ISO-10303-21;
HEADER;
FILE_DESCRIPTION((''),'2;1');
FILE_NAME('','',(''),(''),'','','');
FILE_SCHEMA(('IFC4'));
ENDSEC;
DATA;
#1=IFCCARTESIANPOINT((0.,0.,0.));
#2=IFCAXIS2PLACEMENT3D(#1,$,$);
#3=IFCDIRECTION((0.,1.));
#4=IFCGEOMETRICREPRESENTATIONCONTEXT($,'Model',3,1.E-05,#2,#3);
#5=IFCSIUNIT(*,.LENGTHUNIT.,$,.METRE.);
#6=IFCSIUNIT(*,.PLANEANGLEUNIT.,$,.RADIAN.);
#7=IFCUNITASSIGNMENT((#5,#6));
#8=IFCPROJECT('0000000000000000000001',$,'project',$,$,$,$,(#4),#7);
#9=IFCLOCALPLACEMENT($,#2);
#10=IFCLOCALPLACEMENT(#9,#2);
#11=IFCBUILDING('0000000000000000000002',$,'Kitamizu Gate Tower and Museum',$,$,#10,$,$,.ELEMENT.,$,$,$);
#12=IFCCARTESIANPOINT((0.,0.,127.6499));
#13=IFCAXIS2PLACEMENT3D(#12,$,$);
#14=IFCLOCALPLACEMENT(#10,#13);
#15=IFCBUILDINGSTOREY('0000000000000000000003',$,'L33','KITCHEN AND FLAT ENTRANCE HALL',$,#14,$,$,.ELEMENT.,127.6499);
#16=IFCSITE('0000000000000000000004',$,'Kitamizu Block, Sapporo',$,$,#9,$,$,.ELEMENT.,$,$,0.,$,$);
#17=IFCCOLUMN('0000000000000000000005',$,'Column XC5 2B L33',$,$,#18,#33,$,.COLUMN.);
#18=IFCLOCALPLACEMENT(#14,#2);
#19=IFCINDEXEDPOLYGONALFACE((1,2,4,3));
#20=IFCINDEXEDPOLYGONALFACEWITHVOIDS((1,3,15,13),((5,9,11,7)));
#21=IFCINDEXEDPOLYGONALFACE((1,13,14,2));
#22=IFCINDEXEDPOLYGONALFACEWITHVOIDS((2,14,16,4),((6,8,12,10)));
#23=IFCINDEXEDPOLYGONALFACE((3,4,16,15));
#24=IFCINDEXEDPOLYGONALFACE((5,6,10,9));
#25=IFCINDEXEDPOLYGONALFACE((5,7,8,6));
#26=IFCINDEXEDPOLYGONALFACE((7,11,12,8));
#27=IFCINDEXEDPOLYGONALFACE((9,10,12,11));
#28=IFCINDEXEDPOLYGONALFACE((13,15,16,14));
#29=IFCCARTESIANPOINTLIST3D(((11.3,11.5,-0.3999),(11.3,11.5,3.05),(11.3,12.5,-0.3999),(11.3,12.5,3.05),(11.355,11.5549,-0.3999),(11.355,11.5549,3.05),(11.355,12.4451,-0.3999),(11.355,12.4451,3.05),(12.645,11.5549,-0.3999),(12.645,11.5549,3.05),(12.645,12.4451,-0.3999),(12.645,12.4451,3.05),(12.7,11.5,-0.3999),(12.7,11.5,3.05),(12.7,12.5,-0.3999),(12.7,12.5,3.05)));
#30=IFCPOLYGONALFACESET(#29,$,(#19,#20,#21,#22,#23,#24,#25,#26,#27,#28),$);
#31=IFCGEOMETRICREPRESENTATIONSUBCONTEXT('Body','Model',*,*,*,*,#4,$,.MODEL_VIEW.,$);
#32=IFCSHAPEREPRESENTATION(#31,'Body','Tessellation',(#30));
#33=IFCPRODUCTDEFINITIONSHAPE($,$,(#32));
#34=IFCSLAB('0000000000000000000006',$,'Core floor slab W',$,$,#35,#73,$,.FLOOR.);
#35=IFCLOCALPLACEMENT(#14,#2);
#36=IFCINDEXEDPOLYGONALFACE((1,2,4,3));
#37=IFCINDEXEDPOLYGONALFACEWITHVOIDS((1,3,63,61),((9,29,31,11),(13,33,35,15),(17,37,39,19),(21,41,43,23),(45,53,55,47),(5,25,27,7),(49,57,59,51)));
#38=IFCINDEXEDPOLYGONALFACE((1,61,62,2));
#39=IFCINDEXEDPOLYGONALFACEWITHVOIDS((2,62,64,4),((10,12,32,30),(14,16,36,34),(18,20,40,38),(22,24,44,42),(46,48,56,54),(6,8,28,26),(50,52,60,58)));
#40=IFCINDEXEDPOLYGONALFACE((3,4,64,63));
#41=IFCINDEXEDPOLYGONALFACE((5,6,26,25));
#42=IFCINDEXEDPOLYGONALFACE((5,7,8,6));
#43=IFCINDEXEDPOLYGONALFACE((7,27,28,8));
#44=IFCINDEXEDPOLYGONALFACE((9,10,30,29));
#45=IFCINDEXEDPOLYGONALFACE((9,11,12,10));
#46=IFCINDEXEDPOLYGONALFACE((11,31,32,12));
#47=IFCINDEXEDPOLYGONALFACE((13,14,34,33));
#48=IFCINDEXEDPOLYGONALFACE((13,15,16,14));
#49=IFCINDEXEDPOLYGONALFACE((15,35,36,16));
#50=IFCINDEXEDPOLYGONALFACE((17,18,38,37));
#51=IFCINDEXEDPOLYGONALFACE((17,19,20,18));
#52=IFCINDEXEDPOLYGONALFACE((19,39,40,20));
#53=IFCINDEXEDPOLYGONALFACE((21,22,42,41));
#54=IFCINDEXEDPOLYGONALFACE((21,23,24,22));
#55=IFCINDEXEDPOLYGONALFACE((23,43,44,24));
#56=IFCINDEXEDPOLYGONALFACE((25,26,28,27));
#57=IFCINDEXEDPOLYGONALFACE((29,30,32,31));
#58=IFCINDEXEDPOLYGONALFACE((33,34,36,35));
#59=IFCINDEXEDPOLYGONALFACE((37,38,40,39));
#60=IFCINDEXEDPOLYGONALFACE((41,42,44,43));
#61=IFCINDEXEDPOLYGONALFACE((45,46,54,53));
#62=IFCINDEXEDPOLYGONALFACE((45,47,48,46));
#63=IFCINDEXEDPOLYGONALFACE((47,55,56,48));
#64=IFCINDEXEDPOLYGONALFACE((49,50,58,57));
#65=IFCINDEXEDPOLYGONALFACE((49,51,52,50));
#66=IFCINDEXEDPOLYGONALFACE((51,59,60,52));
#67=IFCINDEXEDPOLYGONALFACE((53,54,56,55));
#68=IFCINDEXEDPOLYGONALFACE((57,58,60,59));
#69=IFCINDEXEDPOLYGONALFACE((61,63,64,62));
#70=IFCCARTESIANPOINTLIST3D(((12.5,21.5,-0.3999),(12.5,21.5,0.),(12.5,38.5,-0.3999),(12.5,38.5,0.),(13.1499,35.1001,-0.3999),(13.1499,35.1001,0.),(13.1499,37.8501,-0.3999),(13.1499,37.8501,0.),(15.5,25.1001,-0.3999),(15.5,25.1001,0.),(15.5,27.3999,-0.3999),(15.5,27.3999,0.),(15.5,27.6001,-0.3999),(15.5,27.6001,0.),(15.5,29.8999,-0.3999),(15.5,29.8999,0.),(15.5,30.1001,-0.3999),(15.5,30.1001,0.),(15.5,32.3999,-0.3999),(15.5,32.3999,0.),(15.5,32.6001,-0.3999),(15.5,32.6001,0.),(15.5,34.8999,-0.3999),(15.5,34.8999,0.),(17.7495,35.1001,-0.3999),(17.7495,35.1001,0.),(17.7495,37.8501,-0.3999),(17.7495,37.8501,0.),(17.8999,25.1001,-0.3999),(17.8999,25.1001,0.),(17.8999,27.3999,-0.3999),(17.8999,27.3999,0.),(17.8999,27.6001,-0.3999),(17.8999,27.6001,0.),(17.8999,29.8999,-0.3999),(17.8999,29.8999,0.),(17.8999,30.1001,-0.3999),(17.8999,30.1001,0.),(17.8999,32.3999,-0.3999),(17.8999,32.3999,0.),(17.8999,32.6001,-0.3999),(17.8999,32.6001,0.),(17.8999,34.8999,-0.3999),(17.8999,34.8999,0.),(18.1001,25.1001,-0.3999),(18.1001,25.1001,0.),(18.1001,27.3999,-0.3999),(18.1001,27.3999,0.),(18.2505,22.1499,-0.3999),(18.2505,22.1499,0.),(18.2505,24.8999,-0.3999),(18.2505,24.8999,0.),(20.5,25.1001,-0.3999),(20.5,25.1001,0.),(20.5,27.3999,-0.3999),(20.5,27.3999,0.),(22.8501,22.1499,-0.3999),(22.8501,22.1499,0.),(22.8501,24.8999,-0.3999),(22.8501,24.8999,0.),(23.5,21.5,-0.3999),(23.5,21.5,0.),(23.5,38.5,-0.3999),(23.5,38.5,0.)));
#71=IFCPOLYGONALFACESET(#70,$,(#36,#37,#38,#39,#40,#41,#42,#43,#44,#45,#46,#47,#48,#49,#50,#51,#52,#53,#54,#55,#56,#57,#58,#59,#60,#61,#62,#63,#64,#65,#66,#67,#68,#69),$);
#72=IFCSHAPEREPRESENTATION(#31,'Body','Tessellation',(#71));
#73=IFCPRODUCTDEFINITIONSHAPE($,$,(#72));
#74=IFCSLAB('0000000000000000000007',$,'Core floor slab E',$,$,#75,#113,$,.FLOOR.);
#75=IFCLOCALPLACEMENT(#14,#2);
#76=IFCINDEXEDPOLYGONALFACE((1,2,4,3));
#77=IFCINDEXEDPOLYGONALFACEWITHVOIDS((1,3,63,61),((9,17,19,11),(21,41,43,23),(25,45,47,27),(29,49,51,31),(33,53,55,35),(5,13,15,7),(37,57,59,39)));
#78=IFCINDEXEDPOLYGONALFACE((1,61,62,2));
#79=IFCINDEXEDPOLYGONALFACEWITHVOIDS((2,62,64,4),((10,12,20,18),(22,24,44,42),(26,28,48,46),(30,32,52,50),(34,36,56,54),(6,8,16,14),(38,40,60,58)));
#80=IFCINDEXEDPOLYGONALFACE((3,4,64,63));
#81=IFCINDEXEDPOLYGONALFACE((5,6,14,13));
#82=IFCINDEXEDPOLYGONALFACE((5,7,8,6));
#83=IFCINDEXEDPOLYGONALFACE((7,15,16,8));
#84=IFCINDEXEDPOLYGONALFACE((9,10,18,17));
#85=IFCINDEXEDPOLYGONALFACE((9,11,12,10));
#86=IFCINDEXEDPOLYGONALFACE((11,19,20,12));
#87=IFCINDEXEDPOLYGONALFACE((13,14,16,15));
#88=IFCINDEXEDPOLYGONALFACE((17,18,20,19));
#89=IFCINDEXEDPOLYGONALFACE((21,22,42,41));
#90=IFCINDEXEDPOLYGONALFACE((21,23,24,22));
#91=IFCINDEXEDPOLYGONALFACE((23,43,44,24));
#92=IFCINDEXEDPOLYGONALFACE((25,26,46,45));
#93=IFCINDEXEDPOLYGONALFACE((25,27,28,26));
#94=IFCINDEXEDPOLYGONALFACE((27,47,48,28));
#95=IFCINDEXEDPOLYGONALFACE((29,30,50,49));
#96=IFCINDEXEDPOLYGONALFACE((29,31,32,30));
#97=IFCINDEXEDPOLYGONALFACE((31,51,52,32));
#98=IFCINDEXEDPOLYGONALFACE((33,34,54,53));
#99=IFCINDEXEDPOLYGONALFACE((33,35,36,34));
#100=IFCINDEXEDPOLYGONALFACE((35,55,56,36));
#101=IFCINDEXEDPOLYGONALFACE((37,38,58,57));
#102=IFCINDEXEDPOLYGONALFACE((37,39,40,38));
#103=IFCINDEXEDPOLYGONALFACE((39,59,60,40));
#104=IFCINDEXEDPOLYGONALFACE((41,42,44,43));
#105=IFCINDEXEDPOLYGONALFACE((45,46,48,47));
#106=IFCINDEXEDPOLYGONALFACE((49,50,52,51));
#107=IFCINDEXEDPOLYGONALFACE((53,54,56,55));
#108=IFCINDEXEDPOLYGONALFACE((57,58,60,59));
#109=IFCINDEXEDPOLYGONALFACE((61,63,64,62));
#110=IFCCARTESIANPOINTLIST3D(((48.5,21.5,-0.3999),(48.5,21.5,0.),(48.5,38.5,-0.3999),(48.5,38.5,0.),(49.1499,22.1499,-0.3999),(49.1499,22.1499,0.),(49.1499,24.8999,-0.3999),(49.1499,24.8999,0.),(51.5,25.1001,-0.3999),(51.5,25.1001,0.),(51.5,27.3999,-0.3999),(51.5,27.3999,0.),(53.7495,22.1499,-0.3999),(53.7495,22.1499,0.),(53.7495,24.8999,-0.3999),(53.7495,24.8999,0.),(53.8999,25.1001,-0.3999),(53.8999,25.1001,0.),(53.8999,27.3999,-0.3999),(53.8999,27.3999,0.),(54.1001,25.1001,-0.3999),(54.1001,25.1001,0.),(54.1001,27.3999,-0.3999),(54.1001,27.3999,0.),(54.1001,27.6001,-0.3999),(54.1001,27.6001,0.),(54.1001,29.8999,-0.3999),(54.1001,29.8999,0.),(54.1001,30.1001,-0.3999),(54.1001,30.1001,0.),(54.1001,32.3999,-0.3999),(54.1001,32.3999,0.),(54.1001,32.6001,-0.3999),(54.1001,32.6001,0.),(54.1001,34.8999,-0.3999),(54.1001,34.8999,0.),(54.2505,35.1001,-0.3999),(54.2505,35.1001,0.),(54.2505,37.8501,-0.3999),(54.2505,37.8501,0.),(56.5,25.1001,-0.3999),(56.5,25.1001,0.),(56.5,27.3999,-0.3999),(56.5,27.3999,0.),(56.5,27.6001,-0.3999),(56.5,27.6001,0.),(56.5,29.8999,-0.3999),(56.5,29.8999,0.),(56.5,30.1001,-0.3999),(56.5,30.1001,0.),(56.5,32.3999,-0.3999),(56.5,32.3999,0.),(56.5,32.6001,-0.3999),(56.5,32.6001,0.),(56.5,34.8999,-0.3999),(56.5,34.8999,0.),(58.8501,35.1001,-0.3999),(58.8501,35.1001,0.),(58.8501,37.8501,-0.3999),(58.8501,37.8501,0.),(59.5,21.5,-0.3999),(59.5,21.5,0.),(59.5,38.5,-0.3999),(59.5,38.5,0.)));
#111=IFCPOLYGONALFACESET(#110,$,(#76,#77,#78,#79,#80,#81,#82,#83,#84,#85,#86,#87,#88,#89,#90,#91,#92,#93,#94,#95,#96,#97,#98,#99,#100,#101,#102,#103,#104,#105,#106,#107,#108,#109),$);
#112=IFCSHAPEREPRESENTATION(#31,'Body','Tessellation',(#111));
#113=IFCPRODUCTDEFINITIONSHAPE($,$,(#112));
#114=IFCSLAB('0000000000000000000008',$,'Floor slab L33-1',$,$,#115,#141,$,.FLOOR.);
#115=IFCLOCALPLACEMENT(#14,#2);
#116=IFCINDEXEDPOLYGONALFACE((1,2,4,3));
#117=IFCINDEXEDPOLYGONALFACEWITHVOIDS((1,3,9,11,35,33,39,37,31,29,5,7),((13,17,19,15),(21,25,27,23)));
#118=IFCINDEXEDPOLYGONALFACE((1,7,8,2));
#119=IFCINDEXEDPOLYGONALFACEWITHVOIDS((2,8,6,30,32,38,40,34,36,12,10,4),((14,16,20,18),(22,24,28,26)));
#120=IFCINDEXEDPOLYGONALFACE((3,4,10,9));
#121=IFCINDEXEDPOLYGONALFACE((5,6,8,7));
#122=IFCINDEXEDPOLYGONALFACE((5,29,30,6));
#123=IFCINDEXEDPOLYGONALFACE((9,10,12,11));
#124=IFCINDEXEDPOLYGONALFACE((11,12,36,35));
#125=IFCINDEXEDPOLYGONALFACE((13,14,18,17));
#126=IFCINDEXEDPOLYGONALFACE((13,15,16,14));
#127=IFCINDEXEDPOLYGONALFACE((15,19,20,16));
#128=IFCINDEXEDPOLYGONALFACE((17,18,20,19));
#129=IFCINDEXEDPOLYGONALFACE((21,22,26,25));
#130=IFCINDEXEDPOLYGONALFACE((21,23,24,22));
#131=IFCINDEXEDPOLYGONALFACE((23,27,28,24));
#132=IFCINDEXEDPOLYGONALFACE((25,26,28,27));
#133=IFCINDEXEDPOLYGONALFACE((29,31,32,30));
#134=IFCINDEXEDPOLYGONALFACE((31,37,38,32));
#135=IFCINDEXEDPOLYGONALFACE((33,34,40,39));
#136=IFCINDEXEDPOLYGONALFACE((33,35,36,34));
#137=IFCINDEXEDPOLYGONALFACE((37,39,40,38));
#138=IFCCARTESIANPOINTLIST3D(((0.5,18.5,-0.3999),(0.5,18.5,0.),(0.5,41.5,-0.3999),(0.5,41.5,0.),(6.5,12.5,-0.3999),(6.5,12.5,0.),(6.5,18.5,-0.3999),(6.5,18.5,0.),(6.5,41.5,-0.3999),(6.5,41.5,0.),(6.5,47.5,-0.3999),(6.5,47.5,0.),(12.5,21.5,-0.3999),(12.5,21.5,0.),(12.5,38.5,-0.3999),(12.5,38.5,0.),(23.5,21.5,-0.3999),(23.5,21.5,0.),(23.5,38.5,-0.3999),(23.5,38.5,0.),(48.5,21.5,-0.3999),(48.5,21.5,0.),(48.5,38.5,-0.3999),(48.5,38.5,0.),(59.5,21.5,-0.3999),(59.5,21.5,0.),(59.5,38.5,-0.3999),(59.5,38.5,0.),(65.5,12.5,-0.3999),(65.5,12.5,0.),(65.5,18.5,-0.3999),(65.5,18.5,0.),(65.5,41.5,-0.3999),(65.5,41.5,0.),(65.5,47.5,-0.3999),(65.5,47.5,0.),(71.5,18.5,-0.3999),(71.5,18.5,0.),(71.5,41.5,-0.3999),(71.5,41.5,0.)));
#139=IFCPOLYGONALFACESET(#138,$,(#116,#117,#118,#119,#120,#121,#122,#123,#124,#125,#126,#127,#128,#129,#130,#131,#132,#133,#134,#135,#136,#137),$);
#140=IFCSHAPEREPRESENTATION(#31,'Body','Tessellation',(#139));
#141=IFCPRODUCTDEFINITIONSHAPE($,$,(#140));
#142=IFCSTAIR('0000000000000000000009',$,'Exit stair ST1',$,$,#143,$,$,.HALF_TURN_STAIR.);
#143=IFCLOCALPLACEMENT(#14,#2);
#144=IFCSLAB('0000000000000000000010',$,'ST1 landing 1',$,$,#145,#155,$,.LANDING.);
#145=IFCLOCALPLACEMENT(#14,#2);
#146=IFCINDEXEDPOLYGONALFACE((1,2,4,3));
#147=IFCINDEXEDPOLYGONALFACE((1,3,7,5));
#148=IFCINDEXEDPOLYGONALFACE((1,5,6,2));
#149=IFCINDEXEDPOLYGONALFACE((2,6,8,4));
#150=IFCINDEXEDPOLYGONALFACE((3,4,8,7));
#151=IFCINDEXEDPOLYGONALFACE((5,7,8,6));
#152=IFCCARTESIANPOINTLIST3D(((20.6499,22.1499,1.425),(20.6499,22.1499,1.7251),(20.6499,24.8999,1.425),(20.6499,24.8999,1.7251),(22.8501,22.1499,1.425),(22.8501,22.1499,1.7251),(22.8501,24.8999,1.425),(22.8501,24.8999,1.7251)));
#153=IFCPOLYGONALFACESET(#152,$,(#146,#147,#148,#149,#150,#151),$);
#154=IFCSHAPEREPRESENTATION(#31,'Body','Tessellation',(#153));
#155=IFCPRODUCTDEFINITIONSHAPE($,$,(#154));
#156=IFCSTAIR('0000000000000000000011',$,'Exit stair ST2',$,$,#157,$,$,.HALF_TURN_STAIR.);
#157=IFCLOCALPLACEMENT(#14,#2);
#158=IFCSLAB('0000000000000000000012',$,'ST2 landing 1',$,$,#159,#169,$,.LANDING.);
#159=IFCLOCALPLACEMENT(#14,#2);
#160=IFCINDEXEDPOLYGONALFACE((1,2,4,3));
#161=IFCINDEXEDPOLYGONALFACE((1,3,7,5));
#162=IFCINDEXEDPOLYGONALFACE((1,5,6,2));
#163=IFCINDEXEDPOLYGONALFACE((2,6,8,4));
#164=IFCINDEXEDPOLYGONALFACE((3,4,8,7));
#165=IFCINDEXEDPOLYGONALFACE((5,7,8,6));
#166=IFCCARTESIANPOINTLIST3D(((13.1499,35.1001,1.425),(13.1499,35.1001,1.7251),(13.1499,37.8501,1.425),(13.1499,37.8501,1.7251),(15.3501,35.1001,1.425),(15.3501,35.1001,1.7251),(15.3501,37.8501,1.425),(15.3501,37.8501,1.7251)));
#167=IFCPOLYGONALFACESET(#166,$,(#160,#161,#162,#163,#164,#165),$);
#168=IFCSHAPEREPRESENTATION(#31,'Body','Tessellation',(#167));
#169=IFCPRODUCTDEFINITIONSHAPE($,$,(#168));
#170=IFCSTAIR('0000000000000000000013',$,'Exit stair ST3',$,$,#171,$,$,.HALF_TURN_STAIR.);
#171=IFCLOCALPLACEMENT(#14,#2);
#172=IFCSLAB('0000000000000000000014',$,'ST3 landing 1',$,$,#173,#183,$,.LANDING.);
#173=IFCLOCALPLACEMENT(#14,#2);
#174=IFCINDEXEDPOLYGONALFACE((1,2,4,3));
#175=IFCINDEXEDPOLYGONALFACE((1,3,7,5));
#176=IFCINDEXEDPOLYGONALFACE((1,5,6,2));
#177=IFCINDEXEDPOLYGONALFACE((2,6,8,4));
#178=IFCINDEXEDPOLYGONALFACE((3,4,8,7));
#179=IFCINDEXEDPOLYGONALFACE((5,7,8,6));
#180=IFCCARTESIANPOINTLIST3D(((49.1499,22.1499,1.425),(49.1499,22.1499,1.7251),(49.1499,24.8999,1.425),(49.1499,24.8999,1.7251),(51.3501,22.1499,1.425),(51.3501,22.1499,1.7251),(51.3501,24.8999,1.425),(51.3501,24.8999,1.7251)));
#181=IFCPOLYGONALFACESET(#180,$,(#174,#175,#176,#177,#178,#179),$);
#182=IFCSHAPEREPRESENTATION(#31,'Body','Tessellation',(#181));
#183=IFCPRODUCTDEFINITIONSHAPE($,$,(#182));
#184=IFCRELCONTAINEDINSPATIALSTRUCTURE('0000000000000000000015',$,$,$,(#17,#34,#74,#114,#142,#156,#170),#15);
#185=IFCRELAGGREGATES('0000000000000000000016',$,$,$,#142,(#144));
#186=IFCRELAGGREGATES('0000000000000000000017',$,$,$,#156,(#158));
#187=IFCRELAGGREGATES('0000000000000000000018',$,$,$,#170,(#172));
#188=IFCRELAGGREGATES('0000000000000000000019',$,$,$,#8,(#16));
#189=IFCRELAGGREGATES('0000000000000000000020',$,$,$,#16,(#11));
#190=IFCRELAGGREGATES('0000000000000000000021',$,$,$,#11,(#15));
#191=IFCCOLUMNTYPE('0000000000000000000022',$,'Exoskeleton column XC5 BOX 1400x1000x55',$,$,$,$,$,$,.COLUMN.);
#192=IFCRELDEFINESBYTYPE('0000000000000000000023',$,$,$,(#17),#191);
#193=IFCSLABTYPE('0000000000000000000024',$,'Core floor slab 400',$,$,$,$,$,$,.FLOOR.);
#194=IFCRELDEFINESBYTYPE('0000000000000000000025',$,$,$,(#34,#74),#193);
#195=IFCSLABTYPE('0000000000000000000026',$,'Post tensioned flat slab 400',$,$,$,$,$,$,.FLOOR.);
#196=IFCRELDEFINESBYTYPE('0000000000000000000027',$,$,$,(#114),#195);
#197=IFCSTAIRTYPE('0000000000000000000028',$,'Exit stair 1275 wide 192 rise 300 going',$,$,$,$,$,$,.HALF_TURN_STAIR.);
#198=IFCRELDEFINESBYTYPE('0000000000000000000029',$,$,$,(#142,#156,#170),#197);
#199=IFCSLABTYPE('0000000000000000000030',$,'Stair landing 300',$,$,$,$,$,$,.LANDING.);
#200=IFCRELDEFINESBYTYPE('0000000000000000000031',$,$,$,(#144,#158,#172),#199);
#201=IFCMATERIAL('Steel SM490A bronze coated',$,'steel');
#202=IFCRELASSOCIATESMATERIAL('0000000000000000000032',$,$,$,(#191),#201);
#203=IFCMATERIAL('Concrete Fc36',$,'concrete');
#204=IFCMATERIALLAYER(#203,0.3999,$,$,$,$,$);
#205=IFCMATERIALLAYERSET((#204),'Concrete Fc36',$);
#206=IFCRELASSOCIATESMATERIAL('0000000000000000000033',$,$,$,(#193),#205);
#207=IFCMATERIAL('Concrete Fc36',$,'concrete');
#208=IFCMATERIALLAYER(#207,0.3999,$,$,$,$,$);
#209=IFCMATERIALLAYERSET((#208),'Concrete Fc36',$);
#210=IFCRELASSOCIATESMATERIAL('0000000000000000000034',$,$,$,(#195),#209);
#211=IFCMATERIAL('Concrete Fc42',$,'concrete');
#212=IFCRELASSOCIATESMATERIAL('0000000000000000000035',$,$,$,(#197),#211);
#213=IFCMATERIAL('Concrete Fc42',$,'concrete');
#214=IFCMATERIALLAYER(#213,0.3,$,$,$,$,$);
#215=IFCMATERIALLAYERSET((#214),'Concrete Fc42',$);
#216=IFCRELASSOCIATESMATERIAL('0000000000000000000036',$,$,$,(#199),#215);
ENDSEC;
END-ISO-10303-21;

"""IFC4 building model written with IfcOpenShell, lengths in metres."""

from ifc_helpers import new_model, si_unit, direction, frame, origin, origin_2d, place, context, subcontext, project, spatial, polyline, hollow_rectangle, outline, extrude, material, layer, layer_set, material_profile, profile_set, type_object, element, aggregate, save


model = new_model("IFC4")

# Units and contexts
model_context = context("Model", 3, precision=1e-05, world=origin(), true_north=direction((0.0, 1.0)))
body_context = subcontext(model_context, "Body", "Model", "MODEL_VIEW")
ifc_project = project(units=[si_unit("LENGTHUNIT", "METRE"), si_unit("PLANEANGLEUNIT", "RADIAN")], contexts=[model_context])

# Site, building, storey
site_placement = place(None, origin())
site = spatial("IfcSite", under=ifc_project, at=site_placement, Name="Kitamizu Block, Sapporo", CompositionType="ELEMENT", RefElevation=0.0)
building_placement = place(site_placement, origin())
building = spatial("IfcBuilding", under=site, at=building_placement, Name="Kitamizu Gate Tower and Museum", CompositionType="ELEMENT")
storey_placement = place(building_placement, frame((0.0, 0.0, 127.6499)))
storey = spatial("IfcBuildingStorey", under=building, at=storey_placement, Name="L33", Description="KITCHEN AND FLAT ENTRANCE HALL", CompositionType="ELEMENT", Elevation=127.6499)

# Column
ifc_material_1 = material(Name="Steel SM490A bronze coated", Category="steel")
ifc_material_profile = material_profile(ifc_material_1, hollow_rectangle(XDim=1.3999, YDim=1.0, WallThickness=0.0549, at=origin_2d()), Name="BOX 1400x1000x55")
ifc_profile_set = profile_set([ifc_material_profile], Name="Steel SM490A bronze coated")
column_type = type_object("IfcColumnType", Name="Exoskeleton column XC5 BOX 1400x1000x55", PredefinedType="COLUMN", material=ifc_profile_set)
column_placement = place(storey_placement, frame((12.0, 12.0, -0.3999), z_axis=(0.0, 0.0, 1.0), x_axis=(1.0, 0.0, 0.0)))
element("IfcColumn", 1, at=column_placement, inside=storey, type_object=column_type, Name="Column XC5 2B L33", PredefinedType="COLUMN", context=body_context, shape_type="SweptSolid", body=[
    extrude(hollow_rectangle(XDim=1.3999, YDim=1.0, WallThickness=0.0549, at=origin_2d()), origin(), (0.0, 0.0, 1.0), 3.45),
])

# Slabs
ifc_material_2 = material(Name="Concrete Fc36", Category="concrete")
ifc_layer_1 = layer(ifc_material_2, 0.3999)
ifc_layer_set_1 = layer_set([ifc_layer_1], Name="Concrete Fc36")
slab_type_1 = type_object("IfcSlabType", Name="Core floor slab 400", PredefinedType="FLOOR", material=ifc_layer_set_1)
slab_1_placement = place(storey_placement, frame((0.0, 0.0, -0.3999)))
element("IfcSlab", 2, at=slab_1_placement, inside=storey, type_object=slab_type_1, Name="Core floor slab W", PredefinedType="FLOOR", context=body_context, shape_type="SweptSolid", body=[
    extrude(outline(polyline([(12.5, 21.5), (23.5, 21.5), (23.5, 38.5), (12.5, 38.5), (12.5, 21.5)]), holes=[polyline([(15.5, 25.1001), (17.8999, 25.1001), (17.8999, 27.3999), (15.5, 27.3999), (15.5, 25.1001)]), polyline([(15.5, 27.6001), (17.8999, 27.6001), (17.8999, 29.8999), (15.5, 29.8999), (15.5, 27.6001)]), polyline([(15.5, 30.1001), (17.8999, 30.1001), (17.8999, 32.3999), (15.5, 32.3999), (15.5, 30.1001)]), polyline([(15.5, 32.6001), (17.8999, 32.6001), (17.8999, 34.8999), (15.5, 34.8999), (15.5, 32.6001)]), polyline([(18.1001, 25.1001), (20.5, 25.1001), (20.5, 27.3999), (18.1001, 27.3999), (18.1001, 25.1001)]), polyline([(18.2505, 22.1499), (22.8501, 22.1499), (22.8501, 24.8999), (18.2505, 24.8999), (18.2505, 22.1499)]), polyline([(13.1499, 35.1001), (17.7495, 35.1001), (17.7495, 37.8501), (13.1499, 37.8501), (13.1499, 35.1001)])]), origin(), (0.0, 0.0, 1.0), 0.3999),
])
slab_2_placement = place(storey_placement, frame((0.0, 0.0, -0.3999)))
element("IfcSlab", 3, at=slab_2_placement, inside=storey, type_object=slab_type_1, Name="Core floor slab E", PredefinedType="FLOOR", context=body_context, shape_type="SweptSolid", body=[
    extrude(outline(polyline([(48.5, 21.5), (59.5, 21.5), (59.5, 38.5), (48.5, 38.5), (48.5, 21.5)]), holes=[polyline([(54.1001, 25.1001), (56.5, 25.1001), (56.5, 27.3999), (54.1001, 27.3999), (54.1001, 25.1001)]), polyline([(54.1001, 27.6001), (56.5, 27.6001), (56.5, 29.8999), (54.1001, 29.8999), (54.1001, 27.6001)]), polyline([(54.1001, 30.1001), (56.5, 30.1001), (56.5, 32.3999), (54.1001, 32.3999), (54.1001, 30.1001)]), polyline([(54.1001, 32.6001), (56.5, 32.6001), (56.5, 34.8999), (54.1001, 34.8999), (54.1001, 32.6001)]), polyline([(51.5, 25.1001), (53.8999, 25.1001), (53.8999, 27.3999), (51.5, 27.3999), (51.5, 25.1001)]), polyline([(49.1499, 22.1499), (53.7495, 22.1499), (53.7495, 24.8999), (49.1499, 24.8999), (49.1499, 22.1499)]), polyline([(54.2505, 35.1001), (58.8501, 35.1001), (58.8501, 37.8501), (54.2505, 37.8501), (54.2505, 35.1001)])]), origin(), (0.0, 0.0, 1.0), 0.3999),
])
ifc_material_3 = material(Name="Concrete Fc36", Category="concrete")
ifc_layer_2 = layer(ifc_material_3, 0.3999)
ifc_layer_set_2 = layer_set([ifc_layer_2], Name="Concrete Fc36")
slab_type_2 = type_object("IfcSlabType", Name="Post tensioned flat slab 400", PredefinedType="FLOOR", material=ifc_layer_set_2)
slab_3_placement = place(storey_placement, frame((0.0, 0.0, -0.3999)))
element("IfcSlab", 4, at=slab_3_placement, inside=storey, type_object=slab_type_2, Name="Floor slab L33-1", PredefinedType="FLOOR", context=body_context, shape_type="SweptSolid", body=[
    extrude(outline(polyline([(0.5, 18.5), (0.5, 41.5), (6.5, 41.5), (6.5, 47.5), (65.5, 47.5), (65.5, 41.5), (71.5, 41.5), (71.5, 18.5), (65.5, 18.5), (65.5, 12.5), (6.5, 12.5), (6.5, 18.5), (0.5, 18.5)]), holes=[polyline([(59.5, 38.5), (48.5, 38.5), (48.5, 21.5), (59.5, 21.5), (59.5, 38.5)]), polyline([(12.5, 38.5), (12.5, 21.5), (23.5, 21.5), (23.5, 38.5), (12.5, 38.5)])]), origin(), (0.0, 0.0, 1.0), 0.3999),
])

# Stairs, slabs
ifc_material_4 = material(Name="Concrete Fc42", Category="concrete")
stair_type = type_object("IfcStairType", Name="Exit stair 1275 wide 192 rise 300 going", PredefinedType="HALF_TURN_STAIR", material=ifc_material_4)
stair_1_placement = place(storey_placement, origin())
stair_1 = element("IfcStair", 5, at=stair_1_placement, inside=storey, type_object=stair_type, Name="Exit stair ST1", PredefinedType="HALF_TURN_STAIR")
ifc_material_5 = material(Name="Concrete Fc42", Category="concrete")
ifc_layer_3 = layer(ifc_material_5, 0.3)
ifc_layer_set_3 = layer_set([ifc_layer_3], Name="Concrete Fc42")
slab_type_3 = type_object("IfcSlabType", Name="Stair landing 300", PredefinedType="LANDING", material=ifc_layer_set_3)
slab_4_placement = place(storey_placement, frame((0.0, 0.0, 1.425)))
slab_4 = element("IfcSlab", 6, at=slab_4_placement, type_object=slab_type_3, Name="ST1 landing 1", PredefinedType="LANDING", context=body_context, shape_type="SweptSolid", body=[
    extrude(outline(polyline([(20.6499, 22.1499), (22.8501, 22.1499), (22.8501, 24.8999), (20.6499, 24.8999), (20.6499, 22.1499)])), origin(), (0.0, 0.0, 1.0), 0.3),
])
aggregate(stair_1, [slab_4])
stair_2_placement = place(storey_placement, origin())
stair_2 = element("IfcStair", 7, at=stair_2_placement, inside=storey, type_object=stair_type, Name="Exit stair ST2", PredefinedType="HALF_TURN_STAIR")
slab_5_placement = place(storey_placement, frame((0.0, 0.0, 1.425)))
slab_5 = element("IfcSlab", 8, at=slab_5_placement, type_object=slab_type_3, Name="ST2 landing 1", PredefinedType="LANDING", context=body_context, shape_type="SweptSolid", body=[
    extrude(outline(polyline([(13.1499, 35.1001), (15.3501, 35.1001), (15.3501, 37.8501), (13.1499, 37.8501), (13.1499, 35.1001)])), origin(), (0.0, 0.0, 1.0), 0.3),
])
aggregate(stair_2, [slab_5])
stair_3_placement = place(storey_placement, origin())
stair_3 = element("IfcStair", 9, at=stair_3_placement, inside=storey, type_object=stair_type, Name="Exit stair ST3", PredefinedType="HALF_TURN_STAIR")
slab_6_placement = place(storey_placement, frame((0.0, 0.0, 1.425)))
slab_6 = element("IfcSlab", 10, at=slab_6_placement, type_object=slab_type_3, Name="ST3 landing 1", PredefinedType="LANDING", context=body_context, shape_type="SweptSolid", body=[
    extrude(outline(polyline([(49.1499, 22.1499), (51.3501, 22.1499), (51.3501, 24.8999), (49.1499, 24.8999), (49.1499, 22.1499)])), origin(), (0.0, 0.0, 1.0), 0.3),
])
aggregate(stair_3, [slab_6])

save(model, "model.ifc")
